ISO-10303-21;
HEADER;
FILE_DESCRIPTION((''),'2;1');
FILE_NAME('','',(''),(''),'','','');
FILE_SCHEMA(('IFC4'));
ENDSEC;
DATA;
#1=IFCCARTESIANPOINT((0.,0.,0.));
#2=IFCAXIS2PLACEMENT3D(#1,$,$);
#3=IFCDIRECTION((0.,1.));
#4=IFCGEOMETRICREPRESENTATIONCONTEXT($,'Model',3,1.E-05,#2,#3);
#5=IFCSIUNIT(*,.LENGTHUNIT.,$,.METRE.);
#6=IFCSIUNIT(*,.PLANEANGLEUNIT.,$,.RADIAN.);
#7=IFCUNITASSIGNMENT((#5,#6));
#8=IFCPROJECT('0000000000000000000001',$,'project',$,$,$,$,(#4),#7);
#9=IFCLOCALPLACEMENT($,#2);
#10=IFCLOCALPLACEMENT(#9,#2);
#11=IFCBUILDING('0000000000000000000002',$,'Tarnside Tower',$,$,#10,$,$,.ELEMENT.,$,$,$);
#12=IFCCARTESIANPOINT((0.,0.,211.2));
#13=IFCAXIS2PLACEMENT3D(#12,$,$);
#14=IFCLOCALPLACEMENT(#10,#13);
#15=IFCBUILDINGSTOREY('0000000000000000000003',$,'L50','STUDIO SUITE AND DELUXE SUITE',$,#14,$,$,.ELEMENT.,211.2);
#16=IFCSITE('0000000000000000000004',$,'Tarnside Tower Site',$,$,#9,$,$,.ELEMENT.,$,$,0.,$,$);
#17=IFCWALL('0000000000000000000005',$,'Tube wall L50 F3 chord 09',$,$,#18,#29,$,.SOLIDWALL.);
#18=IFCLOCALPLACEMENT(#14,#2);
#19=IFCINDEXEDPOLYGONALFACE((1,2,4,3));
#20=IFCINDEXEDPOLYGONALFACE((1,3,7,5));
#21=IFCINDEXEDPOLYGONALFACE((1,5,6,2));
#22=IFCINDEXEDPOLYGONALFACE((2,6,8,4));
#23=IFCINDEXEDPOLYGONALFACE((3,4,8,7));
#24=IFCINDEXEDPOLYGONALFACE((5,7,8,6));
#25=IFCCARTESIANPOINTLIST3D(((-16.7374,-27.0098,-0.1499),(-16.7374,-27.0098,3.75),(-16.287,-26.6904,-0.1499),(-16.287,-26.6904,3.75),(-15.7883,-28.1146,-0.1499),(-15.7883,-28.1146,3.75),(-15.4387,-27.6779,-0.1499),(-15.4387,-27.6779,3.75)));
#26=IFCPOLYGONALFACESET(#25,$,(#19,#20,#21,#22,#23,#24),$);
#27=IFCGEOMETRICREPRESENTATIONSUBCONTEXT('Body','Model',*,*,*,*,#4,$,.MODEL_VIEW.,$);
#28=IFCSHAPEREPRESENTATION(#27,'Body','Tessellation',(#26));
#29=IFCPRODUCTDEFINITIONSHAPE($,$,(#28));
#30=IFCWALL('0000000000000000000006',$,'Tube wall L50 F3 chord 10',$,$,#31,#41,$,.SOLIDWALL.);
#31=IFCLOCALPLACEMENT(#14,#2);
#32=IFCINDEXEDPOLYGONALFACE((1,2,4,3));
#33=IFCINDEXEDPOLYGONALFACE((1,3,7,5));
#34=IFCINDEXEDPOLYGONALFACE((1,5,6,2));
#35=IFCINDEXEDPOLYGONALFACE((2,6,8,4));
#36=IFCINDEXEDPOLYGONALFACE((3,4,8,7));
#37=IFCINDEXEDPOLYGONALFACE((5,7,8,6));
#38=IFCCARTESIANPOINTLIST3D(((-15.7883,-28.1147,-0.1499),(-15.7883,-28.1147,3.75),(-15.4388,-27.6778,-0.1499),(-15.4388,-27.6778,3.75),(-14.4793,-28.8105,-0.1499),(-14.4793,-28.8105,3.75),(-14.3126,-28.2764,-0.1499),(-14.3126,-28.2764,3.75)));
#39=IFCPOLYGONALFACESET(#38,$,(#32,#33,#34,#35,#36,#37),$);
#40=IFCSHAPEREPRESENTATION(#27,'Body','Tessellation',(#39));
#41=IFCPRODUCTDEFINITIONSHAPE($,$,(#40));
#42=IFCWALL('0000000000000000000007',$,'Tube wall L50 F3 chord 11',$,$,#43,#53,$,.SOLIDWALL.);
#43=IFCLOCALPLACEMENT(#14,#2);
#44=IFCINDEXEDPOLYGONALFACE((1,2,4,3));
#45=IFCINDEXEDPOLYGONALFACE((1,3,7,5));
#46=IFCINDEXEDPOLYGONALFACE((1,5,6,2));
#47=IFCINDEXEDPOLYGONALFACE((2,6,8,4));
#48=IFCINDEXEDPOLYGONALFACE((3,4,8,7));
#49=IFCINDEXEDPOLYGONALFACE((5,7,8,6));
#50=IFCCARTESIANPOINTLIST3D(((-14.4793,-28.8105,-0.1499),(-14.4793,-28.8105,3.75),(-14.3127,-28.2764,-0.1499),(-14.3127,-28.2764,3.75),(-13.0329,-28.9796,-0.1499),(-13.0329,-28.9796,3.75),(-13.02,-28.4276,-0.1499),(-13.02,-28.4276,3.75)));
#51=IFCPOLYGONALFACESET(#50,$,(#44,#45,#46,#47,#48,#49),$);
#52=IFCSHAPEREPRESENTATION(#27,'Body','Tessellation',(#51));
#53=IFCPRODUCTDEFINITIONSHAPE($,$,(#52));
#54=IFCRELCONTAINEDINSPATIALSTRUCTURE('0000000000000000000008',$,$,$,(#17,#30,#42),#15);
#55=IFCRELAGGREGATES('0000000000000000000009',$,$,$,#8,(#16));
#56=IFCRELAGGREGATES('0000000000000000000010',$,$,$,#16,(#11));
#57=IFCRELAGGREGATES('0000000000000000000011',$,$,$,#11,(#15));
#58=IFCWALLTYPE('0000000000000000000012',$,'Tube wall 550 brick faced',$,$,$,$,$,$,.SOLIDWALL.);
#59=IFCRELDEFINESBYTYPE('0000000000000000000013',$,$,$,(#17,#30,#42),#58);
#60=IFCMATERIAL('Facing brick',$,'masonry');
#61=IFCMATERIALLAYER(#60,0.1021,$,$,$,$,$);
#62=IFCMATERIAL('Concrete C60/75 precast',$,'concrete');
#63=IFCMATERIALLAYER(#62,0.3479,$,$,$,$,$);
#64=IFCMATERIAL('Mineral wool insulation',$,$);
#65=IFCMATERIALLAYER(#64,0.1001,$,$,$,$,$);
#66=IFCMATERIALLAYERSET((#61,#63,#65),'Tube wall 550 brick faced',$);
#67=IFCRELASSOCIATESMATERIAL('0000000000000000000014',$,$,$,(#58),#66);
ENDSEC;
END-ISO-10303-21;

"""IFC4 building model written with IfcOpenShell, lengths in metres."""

from ifc_helpers import new_model, si_unit, direction, frame, origin, place, context, subcontext, project, spatial, polyline, outline, extrude, material, layer, layer_set, type_object, element, save


model = new_model("IFC4")

# Units and contexts
model_context = context("Model", 3, precision=1e-05, world=origin(), true_north=direction((0.0, 1.0)))
body_context = subcontext(model_context, "Body", "Model", "MODEL_VIEW")
ifc_project = project(units=[si_unit("LENGTHUNIT", "METRE"), si_unit("PLANEANGLEUNIT", "RADIAN")], contexts=[model_context])

# Site, building, storey
site_placement = place(None, origin())
site = spatial("IfcSite", under=ifc_project, at=site_placement, Name="Tarnside Tower Site", CompositionType="ELEMENT", RefElevation=0.0)
building_placement = place(site_placement, origin())
building = spatial("IfcBuilding", under=site, at=building_placement, Name="Tarnside Tower", CompositionType="ELEMENT")
storey_placement = place(building_placement, frame((0.0, 0.0, 211.2)))
storey = spatial("IfcBuildingStorey", under=building, at=storey_placement, Name="L50", Description="STUDIO SUITE AND DELUXE SUITE", CompositionType="ELEMENT", Elevation=211.2)

# Walls
ifc_material_1 = material(Name="Facing brick", Category="masonry")
ifc_layer_1 = layer(ifc_material_1, 0.1021)
ifc_material_2 = material(Name="Concrete C60/75 precast", Category="concrete")
ifc_layer_2 = layer(ifc_material_2, 0.3479)
ifc_material_3 = material(Name="Mineral wool insulation")
ifc_layer_3 = layer(ifc_material_3, 0.1001)
ifc_layer_set_1 = layer_set([ifc_layer_1, ifc_layer_2, ifc_layer_3], Name="Tube wall 550 brick faced")
wall_type_1 = type_object("IfcWallType", Name="Tube wall 550 brick faced", PredefinedType="SOLIDWALL", material=ifc_layer_set_1)
wall_1_placement = place(storey_placement, frame((-16.5122, -26.8501, -0.1499), z_axis=(0.0, 0.0, 1.0), x_axis=(0.651622, -0.758544, 0.0)))
element("IfcWall", 1, at=wall_1_placement, inside=storey, type_object=wall_type_1, Name="Tube wall L50 F3 chord 09", PredefinedType="SOLIDWALL", context=body_context, shape_type="SweptSolid", body=[
    extrude(outline(polyline([(-0.0256, -0.2749), (1.4309, -0.2749), (1.3274, 0.2749), (0.0256, 0.2749), (-0.0256, -0.2749)])), origin(), (0.0, 0.0, 1.0), 3.8999),
])
wall_2_placement = place(storey_placement, frame((-15.6135, -27.8962, -0.1499), z_axis=(0.0, 0.0, 1.0), x_axis=(0.882994, -0.469384, 0.0)))
element("IfcWall", 2, at=wall_2_placement, inside=storey, type_object=wall_type_1, Name="Tube wall L50 F3 chord 10", PredefinedType="SOLIDWALL", context=body_context, shape_type="SweptSolid", body=[
    extrude(outline(polyline([(-0.0518, -0.2749), (1.4307, -0.2749), (1.3271, 0.2749), (0.0518, 0.2749), (-0.0518, -0.2749)])), origin(), (0.0, 0.0, 1.0), 3.8999),
])
wall_3_placement = place(storey_placement, frame((-14.396, -28.5435, -0.1499), z_axis=(0.0, 0.0, 1.0), x_axis=(0.993233, -0.116143, 0.0)))
element("IfcWall", 3, at=wall_3_placement, inside=storey, type_object=wall_type_1, Name="Tube wall L50 F3 chord 11", PredefinedType="SOLIDWALL", context=body_context, shape_type="SweptSolid", body=[
    extrude(outline(polyline([(-0.0518, -0.2749), (1.4045, -0.2749), (1.3533, 0.2749), (0.0518, 0.2749), (-0.0518, -0.2749)])), origin(), (0.0, 0.0, 1.0), 3.8999),
])

save(model, "model.ifc")
